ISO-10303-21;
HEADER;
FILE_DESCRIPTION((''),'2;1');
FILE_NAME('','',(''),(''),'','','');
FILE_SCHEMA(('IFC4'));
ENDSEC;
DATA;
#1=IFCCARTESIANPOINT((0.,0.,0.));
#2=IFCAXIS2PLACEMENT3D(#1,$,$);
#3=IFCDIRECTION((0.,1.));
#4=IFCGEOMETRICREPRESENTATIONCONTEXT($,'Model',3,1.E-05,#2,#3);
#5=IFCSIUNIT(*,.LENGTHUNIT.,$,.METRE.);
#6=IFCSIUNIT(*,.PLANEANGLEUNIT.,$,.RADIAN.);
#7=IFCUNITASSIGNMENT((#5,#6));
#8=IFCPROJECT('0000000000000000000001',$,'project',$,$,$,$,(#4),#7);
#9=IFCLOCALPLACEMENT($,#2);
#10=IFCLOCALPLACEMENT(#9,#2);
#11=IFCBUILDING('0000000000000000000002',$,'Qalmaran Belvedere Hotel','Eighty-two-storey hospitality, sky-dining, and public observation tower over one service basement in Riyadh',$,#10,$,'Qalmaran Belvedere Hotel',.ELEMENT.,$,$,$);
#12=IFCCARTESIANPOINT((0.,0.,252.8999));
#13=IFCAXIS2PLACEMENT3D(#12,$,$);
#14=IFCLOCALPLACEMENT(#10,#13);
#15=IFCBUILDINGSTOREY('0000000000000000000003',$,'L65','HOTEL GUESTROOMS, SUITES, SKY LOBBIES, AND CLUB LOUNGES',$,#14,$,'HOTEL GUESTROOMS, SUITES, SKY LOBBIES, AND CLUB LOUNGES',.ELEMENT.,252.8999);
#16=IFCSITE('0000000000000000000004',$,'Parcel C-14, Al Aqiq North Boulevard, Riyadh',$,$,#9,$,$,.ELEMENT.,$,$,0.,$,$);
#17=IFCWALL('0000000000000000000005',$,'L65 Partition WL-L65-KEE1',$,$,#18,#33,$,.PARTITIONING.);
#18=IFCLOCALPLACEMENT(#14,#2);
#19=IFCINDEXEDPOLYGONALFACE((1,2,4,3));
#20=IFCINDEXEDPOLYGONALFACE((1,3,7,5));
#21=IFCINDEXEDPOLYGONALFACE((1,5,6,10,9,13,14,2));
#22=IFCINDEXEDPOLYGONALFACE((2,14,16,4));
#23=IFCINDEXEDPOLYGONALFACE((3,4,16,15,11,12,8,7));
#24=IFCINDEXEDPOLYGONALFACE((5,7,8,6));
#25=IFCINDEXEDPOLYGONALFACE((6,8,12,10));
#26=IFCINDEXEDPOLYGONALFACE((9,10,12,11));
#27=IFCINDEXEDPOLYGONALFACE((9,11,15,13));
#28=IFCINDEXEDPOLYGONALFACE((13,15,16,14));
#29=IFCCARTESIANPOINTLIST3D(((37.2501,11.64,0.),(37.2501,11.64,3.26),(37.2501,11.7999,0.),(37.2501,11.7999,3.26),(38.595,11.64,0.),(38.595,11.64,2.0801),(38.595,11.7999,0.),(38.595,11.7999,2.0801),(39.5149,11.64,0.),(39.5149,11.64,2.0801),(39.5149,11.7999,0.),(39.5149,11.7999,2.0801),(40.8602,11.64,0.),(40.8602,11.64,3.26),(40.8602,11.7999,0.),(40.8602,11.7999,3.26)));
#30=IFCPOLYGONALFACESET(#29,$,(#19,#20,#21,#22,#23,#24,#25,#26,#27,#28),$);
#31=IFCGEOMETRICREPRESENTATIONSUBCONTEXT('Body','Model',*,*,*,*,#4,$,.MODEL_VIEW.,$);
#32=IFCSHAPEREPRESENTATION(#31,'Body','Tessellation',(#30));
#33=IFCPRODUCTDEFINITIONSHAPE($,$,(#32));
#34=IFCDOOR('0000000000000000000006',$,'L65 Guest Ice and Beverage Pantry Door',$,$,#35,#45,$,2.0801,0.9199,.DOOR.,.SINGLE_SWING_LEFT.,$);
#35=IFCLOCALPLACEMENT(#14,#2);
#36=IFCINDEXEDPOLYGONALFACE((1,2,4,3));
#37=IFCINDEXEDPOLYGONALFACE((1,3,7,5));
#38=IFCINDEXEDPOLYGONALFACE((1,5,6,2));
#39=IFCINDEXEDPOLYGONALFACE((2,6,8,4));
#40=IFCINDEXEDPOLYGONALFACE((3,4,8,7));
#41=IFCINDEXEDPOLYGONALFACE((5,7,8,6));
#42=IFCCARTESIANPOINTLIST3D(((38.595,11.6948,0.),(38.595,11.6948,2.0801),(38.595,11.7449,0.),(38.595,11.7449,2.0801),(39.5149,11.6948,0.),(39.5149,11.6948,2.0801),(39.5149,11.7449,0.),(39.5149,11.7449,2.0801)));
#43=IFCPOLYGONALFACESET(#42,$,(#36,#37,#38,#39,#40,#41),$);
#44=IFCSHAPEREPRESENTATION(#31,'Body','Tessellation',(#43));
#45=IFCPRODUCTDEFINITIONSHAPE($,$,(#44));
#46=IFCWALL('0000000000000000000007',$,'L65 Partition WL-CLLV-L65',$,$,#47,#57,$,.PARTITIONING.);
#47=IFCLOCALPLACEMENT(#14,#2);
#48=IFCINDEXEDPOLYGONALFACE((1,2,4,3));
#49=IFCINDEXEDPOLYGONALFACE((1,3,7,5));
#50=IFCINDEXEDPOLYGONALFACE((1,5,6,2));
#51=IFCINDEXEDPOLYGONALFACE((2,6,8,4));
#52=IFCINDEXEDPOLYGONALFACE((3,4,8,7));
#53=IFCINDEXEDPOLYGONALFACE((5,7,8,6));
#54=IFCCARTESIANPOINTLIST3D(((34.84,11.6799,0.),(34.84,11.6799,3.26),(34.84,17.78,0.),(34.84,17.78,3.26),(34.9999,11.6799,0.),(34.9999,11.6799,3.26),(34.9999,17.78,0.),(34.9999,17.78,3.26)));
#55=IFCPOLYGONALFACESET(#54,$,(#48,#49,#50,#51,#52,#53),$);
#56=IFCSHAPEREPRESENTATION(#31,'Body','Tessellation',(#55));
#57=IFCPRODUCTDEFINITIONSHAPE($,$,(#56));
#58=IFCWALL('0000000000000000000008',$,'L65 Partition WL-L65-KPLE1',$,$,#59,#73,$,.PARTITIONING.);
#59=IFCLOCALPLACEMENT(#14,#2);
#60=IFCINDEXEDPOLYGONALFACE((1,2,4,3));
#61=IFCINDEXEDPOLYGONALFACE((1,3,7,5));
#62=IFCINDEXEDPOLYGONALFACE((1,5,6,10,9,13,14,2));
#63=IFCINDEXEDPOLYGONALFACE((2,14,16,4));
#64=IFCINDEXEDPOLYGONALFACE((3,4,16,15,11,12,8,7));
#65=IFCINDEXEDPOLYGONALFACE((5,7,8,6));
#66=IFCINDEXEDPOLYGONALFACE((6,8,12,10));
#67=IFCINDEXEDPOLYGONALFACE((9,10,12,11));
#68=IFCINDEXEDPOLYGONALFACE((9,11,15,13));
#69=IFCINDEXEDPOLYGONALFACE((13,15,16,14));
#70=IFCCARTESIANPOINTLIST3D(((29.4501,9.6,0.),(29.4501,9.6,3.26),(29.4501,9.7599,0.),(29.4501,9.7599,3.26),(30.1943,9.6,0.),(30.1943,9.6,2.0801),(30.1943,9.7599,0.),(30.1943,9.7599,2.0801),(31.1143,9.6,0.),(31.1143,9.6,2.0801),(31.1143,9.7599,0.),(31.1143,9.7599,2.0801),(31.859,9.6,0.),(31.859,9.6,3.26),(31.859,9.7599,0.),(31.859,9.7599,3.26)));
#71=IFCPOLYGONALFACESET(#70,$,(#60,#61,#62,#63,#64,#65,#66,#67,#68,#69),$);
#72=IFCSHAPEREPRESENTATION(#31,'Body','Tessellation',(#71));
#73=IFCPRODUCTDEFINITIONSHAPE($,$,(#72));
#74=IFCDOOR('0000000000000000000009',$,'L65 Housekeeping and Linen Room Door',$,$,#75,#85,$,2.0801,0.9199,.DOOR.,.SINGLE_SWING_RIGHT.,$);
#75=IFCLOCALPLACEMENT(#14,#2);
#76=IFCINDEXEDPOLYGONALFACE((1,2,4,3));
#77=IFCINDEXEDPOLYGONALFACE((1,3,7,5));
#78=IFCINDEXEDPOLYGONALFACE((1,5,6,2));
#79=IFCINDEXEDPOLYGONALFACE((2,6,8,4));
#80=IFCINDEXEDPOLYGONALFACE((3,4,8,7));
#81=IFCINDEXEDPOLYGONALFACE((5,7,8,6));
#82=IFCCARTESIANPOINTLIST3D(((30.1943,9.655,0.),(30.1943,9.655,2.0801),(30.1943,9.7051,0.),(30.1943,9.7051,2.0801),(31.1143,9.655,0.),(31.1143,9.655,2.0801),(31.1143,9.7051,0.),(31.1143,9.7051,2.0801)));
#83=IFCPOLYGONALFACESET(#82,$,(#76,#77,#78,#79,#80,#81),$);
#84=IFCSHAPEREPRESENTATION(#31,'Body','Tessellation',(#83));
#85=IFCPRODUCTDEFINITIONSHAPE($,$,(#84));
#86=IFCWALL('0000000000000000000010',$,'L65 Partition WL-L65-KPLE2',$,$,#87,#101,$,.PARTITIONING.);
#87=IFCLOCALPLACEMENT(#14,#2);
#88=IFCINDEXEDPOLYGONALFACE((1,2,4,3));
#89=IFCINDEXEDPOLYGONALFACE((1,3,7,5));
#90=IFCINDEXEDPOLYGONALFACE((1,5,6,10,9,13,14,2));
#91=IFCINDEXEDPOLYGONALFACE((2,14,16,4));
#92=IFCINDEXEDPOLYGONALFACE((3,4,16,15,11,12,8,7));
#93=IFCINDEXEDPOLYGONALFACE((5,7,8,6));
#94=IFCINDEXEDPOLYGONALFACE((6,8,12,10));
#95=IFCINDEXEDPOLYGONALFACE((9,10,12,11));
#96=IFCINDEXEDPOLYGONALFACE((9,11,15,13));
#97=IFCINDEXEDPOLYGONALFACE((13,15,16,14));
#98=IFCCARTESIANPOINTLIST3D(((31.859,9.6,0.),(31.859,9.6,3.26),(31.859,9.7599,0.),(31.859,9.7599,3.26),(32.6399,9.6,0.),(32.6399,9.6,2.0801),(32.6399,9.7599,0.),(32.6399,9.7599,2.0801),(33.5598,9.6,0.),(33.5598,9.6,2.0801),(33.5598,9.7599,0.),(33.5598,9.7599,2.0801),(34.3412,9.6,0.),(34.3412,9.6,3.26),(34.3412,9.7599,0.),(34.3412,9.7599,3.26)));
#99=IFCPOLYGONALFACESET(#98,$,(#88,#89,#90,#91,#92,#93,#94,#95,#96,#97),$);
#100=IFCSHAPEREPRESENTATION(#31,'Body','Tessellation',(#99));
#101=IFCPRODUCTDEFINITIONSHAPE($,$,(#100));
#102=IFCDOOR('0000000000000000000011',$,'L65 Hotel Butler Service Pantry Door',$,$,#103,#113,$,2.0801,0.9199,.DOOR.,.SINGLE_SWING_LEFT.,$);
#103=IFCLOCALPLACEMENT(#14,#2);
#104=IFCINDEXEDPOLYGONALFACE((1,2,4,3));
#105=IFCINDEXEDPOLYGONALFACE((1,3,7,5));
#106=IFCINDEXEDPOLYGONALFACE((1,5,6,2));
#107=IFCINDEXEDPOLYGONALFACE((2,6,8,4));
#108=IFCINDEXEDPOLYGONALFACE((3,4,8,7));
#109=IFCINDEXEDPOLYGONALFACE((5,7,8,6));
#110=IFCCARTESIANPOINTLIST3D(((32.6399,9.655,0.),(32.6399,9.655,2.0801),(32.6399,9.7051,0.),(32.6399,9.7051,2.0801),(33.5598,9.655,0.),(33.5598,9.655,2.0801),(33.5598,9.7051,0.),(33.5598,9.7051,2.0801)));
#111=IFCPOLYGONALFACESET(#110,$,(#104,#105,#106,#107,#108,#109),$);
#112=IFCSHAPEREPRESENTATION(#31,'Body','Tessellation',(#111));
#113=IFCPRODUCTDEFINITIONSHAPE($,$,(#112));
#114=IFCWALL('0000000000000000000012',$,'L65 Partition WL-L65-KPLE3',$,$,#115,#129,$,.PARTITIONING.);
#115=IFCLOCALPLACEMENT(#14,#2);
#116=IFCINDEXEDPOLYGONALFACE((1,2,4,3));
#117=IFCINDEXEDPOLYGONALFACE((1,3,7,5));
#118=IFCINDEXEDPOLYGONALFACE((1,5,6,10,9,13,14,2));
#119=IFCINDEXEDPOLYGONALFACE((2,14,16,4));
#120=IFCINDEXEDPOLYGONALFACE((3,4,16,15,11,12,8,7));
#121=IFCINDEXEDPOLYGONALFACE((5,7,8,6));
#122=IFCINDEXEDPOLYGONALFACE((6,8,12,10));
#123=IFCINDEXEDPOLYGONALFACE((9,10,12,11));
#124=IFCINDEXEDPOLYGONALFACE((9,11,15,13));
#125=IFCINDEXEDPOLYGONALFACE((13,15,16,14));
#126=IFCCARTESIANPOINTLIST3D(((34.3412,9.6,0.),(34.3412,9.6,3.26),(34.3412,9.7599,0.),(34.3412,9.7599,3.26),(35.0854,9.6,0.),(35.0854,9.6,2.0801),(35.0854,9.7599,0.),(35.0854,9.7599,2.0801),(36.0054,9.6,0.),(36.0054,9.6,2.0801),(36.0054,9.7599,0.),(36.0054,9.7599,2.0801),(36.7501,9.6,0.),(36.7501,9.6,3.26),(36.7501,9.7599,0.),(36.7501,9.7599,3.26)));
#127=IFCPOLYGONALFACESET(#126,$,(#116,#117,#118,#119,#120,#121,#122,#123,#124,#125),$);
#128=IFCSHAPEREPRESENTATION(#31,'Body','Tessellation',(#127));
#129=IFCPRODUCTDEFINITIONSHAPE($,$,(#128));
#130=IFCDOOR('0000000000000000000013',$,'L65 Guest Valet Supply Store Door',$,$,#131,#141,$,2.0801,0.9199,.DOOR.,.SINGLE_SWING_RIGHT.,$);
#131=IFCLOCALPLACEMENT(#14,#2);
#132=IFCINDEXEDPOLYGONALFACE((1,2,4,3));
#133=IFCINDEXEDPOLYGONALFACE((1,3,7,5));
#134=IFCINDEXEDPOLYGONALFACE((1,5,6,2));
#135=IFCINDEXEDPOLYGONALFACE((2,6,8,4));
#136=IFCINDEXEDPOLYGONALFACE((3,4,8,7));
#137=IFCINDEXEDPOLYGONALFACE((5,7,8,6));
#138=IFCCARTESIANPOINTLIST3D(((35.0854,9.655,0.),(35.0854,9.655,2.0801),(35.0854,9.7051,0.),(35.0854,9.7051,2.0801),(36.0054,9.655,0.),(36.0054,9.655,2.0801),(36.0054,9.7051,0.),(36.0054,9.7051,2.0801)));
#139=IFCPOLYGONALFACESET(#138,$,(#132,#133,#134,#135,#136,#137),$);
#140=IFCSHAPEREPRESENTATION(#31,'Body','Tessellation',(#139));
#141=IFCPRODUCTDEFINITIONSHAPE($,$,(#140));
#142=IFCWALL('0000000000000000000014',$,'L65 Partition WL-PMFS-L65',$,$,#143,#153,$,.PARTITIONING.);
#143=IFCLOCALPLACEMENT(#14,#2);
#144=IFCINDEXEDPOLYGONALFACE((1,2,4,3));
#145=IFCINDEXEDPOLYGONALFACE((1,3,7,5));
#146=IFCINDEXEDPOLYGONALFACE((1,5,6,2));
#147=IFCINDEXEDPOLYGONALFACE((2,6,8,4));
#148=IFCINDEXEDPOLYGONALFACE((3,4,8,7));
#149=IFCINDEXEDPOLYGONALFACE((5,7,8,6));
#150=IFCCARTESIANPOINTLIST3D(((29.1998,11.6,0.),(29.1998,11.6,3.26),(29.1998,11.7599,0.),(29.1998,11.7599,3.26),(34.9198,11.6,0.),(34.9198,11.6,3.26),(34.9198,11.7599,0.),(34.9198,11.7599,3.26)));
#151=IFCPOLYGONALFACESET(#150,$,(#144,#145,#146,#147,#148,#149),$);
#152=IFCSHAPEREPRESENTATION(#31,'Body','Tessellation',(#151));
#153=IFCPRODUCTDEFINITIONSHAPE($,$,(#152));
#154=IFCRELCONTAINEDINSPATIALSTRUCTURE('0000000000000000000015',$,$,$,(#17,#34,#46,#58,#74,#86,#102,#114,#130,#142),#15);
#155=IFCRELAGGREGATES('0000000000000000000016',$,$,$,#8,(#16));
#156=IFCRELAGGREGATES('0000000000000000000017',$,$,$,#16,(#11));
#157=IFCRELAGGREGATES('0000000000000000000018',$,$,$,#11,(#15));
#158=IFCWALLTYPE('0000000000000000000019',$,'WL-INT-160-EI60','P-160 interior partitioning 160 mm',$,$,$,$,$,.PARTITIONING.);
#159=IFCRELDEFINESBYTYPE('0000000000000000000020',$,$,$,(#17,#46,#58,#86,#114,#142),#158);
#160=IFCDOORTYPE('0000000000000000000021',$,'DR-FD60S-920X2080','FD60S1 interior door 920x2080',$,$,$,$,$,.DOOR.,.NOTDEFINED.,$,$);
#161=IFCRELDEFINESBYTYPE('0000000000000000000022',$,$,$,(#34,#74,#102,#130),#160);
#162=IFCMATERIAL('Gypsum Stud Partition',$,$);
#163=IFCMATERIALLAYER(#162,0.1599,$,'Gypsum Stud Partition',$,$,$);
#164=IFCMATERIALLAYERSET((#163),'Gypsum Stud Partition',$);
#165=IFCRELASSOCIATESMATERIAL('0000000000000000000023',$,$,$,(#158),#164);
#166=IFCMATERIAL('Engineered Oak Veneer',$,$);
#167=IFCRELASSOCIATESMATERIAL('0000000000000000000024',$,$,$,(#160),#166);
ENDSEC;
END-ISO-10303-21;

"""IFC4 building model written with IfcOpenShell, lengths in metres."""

from ifc_helpers import new_model, si_unit, direction, frame, frame_2d, origin, place, context, subcontext, project, spatial, rectangle, extrude, material, layer, layer_set, type_object, element, fill, save


model = new_model("IFC4")

# Units and contexts
model_context = context("Model", 3, precision=1e-05, world=origin(), true_north=direction((0.0, 1.0)))
body_context = subcontext(model_context, "Body", "Model", "MODEL_VIEW")
ifc_project = project(units=[si_unit("LENGTHUNIT", "METRE"), si_unit("PLANEANGLEUNIT", "RADIAN")], contexts=[model_context])

# Site, building, storey
site_placement = place(None, origin())
site = spatial("IfcSite", under=ifc_project, at=site_placement, Name="Parcel C-14, Al Aqiq North Boulevard, Riyadh", CompositionType="ELEMENT", RefElevation=0.0)
building_placement = place(site_placement, origin())
building = spatial("IfcBuilding", under=site, at=building_placement, Name="Qalmaran Belvedere Hotel", Description="Eighty-two-storey hospitality, sky-dining, and public observation tower over one service basement in Riyadh", LongName="Qalmaran Belvedere Hotel", CompositionType="ELEMENT")
storey_placement = place(building_placement, frame((0.0, 0.0, 252.8999)))
storey = spatial("IfcBuildingStorey", under=building, at=storey_placement, Name="L65", Description="HOTEL GUESTROOMS, SUITES, SKY LOBBIES, AND CLUB LOUNGES", LongName="HOTEL GUESTROOMS, SUITES, SKY LOBBIES, AND CLUB LOUNGES", CompositionType="ELEMENT", Elevation=252.8999)

# Shared definitions
ifc_material_1 = material(Name="Gypsum Stud Partition")

# Wall, opening, door
ifc_layer_1 = layer(ifc_material_1, 0.1599, Name="Gypsum Stud Partition")
ifc_layer_set_1 = layer_set([ifc_layer_1], Name="Gypsum Stud Partition")
wall_type_1 = type_object("IfcWallType", Name="WL-INT-160-EI60", Description="P-160 interior partitioning 160 mm", PredefinedType="PARTITIONING", material=ifc_layer_set_1)
wall_1_placement = place(storey_placement, frame((37.25, 11.72, 0.0), z_axis=(0.0, 0.0, 1.0), x_axis=(1.0, 0.0, 0.0)))
wall_1 = element("IfcWall", 1, at=wall_1_placement, inside=storey, type_object=wall_type_1, Name="L65 Partition WL-L65-KEE1", PredefinedType="PARTITIONING", context=body_context, shape_type="SweptSolid", body=[
    extrude(rectangle(XDim=3.6101, YDim=0.1599, at=frame_2d((1.8052, 0.0))), origin(), (0.0, 0.0, 1.0), 3.26),
])
opening_1_placement = place(wall_1_placement, frame((1.345, 0.0, 0.0)))
opening_1 = element("IfcOpeningElement", 2, at=opening_1_placement, cuts=wall_1, PredefinedType="OPENING", context=body_context, shape_type="SweptSolid", body=[
    extrude(rectangle(XDim=0.9199, YDim=2.0801, at=frame_2d((0.46, 1.04))), frame((0.0, 0.0898, 0.0), z_axis=(0.0, -1.0, 0.0), x_axis=(1.0, 0.0, 0.0)), (0.0, 0.0, 1.0), 0.1799),
])
ifc_material_2 = material(Name="Engineered Oak Veneer")
door_type_1 = type_object("IfcDoorType", Name="DR-FD60S-920X2080", Description="FD60S1 interior door 920x2080", OperationType="NOTDEFINED", PredefinedType="DOOR", material=ifc_material_2)
door_1_placement = place(opening_1_placement, origin())
door_1 = element("IfcDoor", 3, at=door_1_placement, inside=storey, type_object=door_type_1, Name="L65 Guest Ice and Beverage Pantry Door", OperationType="SINGLE_SWING_LEFT", OverallHeight=2.0801, OverallWidth=0.9199, PredefinedType="DOOR", context=body_context, shape_type="SweptSolid", body=[
    extrude(rectangle(XDim=0.9199, YDim=2.0801, at=frame_2d((0.46, 1.04))), frame((0.0, 0.0249, 0.0), z_axis=(0.0, -1.0, 0.0), x_axis=(1.0, 0.0, 0.0)), (0.0, 0.0, 1.0), 0.05),
])
fill(opening_1, door_1)

# Wall
wall_2_placement = place(storey_placement, frame((34.9199, 11.6799, 0.0), z_axis=(0.0, 0.0, 1.0), x_axis=(0.0, 1.0, 0.0)))
element("IfcWall", 4, at=wall_2_placement, inside=storey, type_object=wall_type_1, Name="L65 Partition WL-CLLV-L65", PredefinedType="PARTITIONING", context=body_context, shape_type="SweptSolid", body=[
    extrude(rectangle(XDim=6.1001, YDim=0.1599, at=frame_2d((3.05, 0.0))), origin(), (0.0, 0.0, 1.0), 3.26),
])

# Walls, openings, doors
wall_3_placement = place(storey_placement, frame((29.45, 9.6799, 0.0), z_axis=(0.0, 0.0, 1.0), x_axis=(1.0, 0.0, 0.0)))
wall_3 = element("IfcWall", 5, at=wall_3_placement, inside=storey, type_object=wall_type_1, Name="L65 Partition WL-L65-KPLE1", PredefinedType="PARTITIONING", context=body_context, shape_type="SweptSolid", body=[
    extrude(rectangle(XDim=2.4089, YDim=0.1599, at=frame_2d((1.2046, 0.0))), origin(), (0.0, 0.0, 1.0), 3.26),
])
opening_2_placement = place(wall_3_placement, frame((1.6643, 0.0, 0.0), z_axis=(0.0, 0.0, 1.0), x_axis=(-1.0, 0.0, 0.0)))
opening_2 = element("IfcOpeningElement", 6, at=opening_2_placement, cuts=wall_3, PredefinedType="OPENING", context=body_context, shape_type="SweptSolid", body=[
    extrude(rectangle(XDim=0.9199, YDim=2.0801, at=frame_2d((0.46, 1.04))), frame((0.0, 0.0898, 0.0), z_axis=(0.0, -1.0, 0.0), x_axis=(1.0, 0.0, 0.0)), (0.0, 0.0, 1.0), 0.1799),
])
door_2_placement = place(opening_2_placement, origin())
door_2 = element("IfcDoor", 7, at=door_2_placement, inside=storey, type_object=door_type_1, Name="L65 Housekeeping and Linen Room Door", OperationType="SINGLE_SWING_RIGHT", OverallHeight=2.0801, OverallWidth=0.9199, PredefinedType="DOOR", context=body_context, shape_type="SweptSolid", body=[
    extrude(rectangle(XDim=0.9199, YDim=2.0801, at=frame_2d((0.46, 1.04))), frame((0.0, 0.0249, 0.0), z_axis=(0.0, -1.0, 0.0), x_axis=(1.0, 0.0, 0.0)), (0.0, 0.0, 1.0), 0.05),
])
fill(opening_2, door_2)
wall_4_placement = place(storey_placement, frame((31.8589, 9.6799, 0.0), z_axis=(0.0, 0.0, 1.0), x_axis=(1.0, 0.0, 0.0)))
wall_4 = element("IfcWall", 8, at=wall_4_placement, inside=storey, type_object=wall_type_1, Name="L65 Partition WL-L65-KPLE2", PredefinedType="PARTITIONING", context=body_context, shape_type="SweptSolid", body=[
    extrude(rectangle(XDim=2.4822, YDim=0.1599, at=frame_2d((1.2412, 0.0))), origin(), (0.0, 0.0, 1.0), 3.26),
])
opening_3_placement = place(wall_4_placement, frame((1.7009, 0.0, 0.0), z_axis=(0.0, 0.0, 1.0), x_axis=(-1.0, 0.0, 0.0)))
opening_3 = element("IfcOpeningElement", 9, at=opening_3_placement, cuts=wall_4, PredefinedType="OPENING", context=body_context, shape_type="SweptSolid", body=[
    extrude(rectangle(XDim=0.9199, YDim=2.0801, at=frame_2d((0.46, 1.04))), frame((0.0, 0.0898, 0.0), z_axis=(0.0, -1.0, 0.0), x_axis=(1.0, 0.0, 0.0)), (0.0, 0.0, 1.0), 0.1799),
])
door_3_placement = place(opening_3_placement, origin())
door_3 = element("IfcDoor", 10, at=door_3_placement, inside=storey, type_object=door_type_1, Name="L65 Hotel Butler Service Pantry Door", OperationType="SINGLE_SWING_LEFT", OverallHeight=2.0801, OverallWidth=0.9199, PredefinedType="DOOR", context=body_context, shape_type="SweptSolid", body=[
    extrude(rectangle(XDim=0.9199, YDim=2.0801, at=frame_2d((0.46, 1.04))), frame((0.0, 0.0249, 0.0), z_axis=(0.0, -1.0, 0.0), x_axis=(1.0, 0.0, 0.0)), (0.0, 0.0, 1.0), 0.05),
])
fill(opening_3, door_3)
wall_5_placement = place(storey_placement, frame((34.3411, 9.6799, 0.0), z_axis=(0.0, 0.0, 1.0), x_axis=(1.0, 0.0, 0.0)))
wall_5 = element("IfcWall", 11, at=wall_5_placement, inside=storey, type_object=wall_type_1, Name="L65 Partition WL-L65-KPLE3", PredefinedType="PARTITIONING", context=body_context, shape_type="SweptSolid", body=[
    extrude(rectangle(XDim=2.4089, YDim=0.1599, at=frame_2d((1.2046, 0.0))), origin(), (0.0, 0.0, 1.0), 3.26),
])
opening_4_placement = place(wall_5_placement, frame((1.6643, 0.0, 0.0), z_axis=(0.0, 0.0, 1.0), x_axis=(-1.0, 0.0, 0.0)))
opening_4 = element("IfcOpeningElement", 12, at=opening_4_placement, cuts=wall_5, PredefinedType="OPENING", context=body_context, shape_type="SweptSolid", body=[
    extrude(rectangle(XDim=0.9199, YDim=2.0801, at=frame_2d((0.46, 1.04))), frame((0.0, 0.0898, 0.0), z_axis=(0.0, -1.0, 0.0), x_axis=(1.0, 0.0, 0.0)), (0.0, 0.0, 1.0), 0.1799),
])
door_4_placement = place(opening_4_placement, origin())
door_4 = element("IfcDoor", 13, at=door_4_placement, inside=storey, type_object=door_type_1, Name="L65 Guest Valet Supply Store Door", OperationType="SINGLE_SWING_RIGHT", OverallHeight=2.0801, OverallWidth=0.9199, PredefinedType="DOOR", context=body_context, shape_type="SweptSolid", body=[
    extrude(rectangle(XDim=0.9199, YDim=2.0801, at=frame_2d((0.46, 1.04))), frame((0.0, 0.0249, 0.0), z_axis=(0.0, -1.0, 0.0), x_axis=(1.0, 0.0, 0.0)), (0.0, 0.0, 1.0), 0.05),
])
fill(opening_4, door_4)

# Wall
wall_6_placement = place(storey_placement, frame((29.2, 11.6799, 0.0), z_axis=(0.0, 0.0, 1.0), x_axis=(1.0, 0.0, 0.0)))
element("IfcWall", 14, at=wall_6_placement, inside=storey, type_object=wall_type_1, Name="L65 Partition WL-PMFS-L65", PredefinedType="PARTITIONING", context=body_context, shape_type="SweptSolid", body=[
    extrude(rectangle(XDim=5.72, YDim=0.1599, at=frame_2d((2.8599, 0.0))), origin(), (0.0, 0.0, 1.0), 3.26),
])

save(model, "model.ifc")
